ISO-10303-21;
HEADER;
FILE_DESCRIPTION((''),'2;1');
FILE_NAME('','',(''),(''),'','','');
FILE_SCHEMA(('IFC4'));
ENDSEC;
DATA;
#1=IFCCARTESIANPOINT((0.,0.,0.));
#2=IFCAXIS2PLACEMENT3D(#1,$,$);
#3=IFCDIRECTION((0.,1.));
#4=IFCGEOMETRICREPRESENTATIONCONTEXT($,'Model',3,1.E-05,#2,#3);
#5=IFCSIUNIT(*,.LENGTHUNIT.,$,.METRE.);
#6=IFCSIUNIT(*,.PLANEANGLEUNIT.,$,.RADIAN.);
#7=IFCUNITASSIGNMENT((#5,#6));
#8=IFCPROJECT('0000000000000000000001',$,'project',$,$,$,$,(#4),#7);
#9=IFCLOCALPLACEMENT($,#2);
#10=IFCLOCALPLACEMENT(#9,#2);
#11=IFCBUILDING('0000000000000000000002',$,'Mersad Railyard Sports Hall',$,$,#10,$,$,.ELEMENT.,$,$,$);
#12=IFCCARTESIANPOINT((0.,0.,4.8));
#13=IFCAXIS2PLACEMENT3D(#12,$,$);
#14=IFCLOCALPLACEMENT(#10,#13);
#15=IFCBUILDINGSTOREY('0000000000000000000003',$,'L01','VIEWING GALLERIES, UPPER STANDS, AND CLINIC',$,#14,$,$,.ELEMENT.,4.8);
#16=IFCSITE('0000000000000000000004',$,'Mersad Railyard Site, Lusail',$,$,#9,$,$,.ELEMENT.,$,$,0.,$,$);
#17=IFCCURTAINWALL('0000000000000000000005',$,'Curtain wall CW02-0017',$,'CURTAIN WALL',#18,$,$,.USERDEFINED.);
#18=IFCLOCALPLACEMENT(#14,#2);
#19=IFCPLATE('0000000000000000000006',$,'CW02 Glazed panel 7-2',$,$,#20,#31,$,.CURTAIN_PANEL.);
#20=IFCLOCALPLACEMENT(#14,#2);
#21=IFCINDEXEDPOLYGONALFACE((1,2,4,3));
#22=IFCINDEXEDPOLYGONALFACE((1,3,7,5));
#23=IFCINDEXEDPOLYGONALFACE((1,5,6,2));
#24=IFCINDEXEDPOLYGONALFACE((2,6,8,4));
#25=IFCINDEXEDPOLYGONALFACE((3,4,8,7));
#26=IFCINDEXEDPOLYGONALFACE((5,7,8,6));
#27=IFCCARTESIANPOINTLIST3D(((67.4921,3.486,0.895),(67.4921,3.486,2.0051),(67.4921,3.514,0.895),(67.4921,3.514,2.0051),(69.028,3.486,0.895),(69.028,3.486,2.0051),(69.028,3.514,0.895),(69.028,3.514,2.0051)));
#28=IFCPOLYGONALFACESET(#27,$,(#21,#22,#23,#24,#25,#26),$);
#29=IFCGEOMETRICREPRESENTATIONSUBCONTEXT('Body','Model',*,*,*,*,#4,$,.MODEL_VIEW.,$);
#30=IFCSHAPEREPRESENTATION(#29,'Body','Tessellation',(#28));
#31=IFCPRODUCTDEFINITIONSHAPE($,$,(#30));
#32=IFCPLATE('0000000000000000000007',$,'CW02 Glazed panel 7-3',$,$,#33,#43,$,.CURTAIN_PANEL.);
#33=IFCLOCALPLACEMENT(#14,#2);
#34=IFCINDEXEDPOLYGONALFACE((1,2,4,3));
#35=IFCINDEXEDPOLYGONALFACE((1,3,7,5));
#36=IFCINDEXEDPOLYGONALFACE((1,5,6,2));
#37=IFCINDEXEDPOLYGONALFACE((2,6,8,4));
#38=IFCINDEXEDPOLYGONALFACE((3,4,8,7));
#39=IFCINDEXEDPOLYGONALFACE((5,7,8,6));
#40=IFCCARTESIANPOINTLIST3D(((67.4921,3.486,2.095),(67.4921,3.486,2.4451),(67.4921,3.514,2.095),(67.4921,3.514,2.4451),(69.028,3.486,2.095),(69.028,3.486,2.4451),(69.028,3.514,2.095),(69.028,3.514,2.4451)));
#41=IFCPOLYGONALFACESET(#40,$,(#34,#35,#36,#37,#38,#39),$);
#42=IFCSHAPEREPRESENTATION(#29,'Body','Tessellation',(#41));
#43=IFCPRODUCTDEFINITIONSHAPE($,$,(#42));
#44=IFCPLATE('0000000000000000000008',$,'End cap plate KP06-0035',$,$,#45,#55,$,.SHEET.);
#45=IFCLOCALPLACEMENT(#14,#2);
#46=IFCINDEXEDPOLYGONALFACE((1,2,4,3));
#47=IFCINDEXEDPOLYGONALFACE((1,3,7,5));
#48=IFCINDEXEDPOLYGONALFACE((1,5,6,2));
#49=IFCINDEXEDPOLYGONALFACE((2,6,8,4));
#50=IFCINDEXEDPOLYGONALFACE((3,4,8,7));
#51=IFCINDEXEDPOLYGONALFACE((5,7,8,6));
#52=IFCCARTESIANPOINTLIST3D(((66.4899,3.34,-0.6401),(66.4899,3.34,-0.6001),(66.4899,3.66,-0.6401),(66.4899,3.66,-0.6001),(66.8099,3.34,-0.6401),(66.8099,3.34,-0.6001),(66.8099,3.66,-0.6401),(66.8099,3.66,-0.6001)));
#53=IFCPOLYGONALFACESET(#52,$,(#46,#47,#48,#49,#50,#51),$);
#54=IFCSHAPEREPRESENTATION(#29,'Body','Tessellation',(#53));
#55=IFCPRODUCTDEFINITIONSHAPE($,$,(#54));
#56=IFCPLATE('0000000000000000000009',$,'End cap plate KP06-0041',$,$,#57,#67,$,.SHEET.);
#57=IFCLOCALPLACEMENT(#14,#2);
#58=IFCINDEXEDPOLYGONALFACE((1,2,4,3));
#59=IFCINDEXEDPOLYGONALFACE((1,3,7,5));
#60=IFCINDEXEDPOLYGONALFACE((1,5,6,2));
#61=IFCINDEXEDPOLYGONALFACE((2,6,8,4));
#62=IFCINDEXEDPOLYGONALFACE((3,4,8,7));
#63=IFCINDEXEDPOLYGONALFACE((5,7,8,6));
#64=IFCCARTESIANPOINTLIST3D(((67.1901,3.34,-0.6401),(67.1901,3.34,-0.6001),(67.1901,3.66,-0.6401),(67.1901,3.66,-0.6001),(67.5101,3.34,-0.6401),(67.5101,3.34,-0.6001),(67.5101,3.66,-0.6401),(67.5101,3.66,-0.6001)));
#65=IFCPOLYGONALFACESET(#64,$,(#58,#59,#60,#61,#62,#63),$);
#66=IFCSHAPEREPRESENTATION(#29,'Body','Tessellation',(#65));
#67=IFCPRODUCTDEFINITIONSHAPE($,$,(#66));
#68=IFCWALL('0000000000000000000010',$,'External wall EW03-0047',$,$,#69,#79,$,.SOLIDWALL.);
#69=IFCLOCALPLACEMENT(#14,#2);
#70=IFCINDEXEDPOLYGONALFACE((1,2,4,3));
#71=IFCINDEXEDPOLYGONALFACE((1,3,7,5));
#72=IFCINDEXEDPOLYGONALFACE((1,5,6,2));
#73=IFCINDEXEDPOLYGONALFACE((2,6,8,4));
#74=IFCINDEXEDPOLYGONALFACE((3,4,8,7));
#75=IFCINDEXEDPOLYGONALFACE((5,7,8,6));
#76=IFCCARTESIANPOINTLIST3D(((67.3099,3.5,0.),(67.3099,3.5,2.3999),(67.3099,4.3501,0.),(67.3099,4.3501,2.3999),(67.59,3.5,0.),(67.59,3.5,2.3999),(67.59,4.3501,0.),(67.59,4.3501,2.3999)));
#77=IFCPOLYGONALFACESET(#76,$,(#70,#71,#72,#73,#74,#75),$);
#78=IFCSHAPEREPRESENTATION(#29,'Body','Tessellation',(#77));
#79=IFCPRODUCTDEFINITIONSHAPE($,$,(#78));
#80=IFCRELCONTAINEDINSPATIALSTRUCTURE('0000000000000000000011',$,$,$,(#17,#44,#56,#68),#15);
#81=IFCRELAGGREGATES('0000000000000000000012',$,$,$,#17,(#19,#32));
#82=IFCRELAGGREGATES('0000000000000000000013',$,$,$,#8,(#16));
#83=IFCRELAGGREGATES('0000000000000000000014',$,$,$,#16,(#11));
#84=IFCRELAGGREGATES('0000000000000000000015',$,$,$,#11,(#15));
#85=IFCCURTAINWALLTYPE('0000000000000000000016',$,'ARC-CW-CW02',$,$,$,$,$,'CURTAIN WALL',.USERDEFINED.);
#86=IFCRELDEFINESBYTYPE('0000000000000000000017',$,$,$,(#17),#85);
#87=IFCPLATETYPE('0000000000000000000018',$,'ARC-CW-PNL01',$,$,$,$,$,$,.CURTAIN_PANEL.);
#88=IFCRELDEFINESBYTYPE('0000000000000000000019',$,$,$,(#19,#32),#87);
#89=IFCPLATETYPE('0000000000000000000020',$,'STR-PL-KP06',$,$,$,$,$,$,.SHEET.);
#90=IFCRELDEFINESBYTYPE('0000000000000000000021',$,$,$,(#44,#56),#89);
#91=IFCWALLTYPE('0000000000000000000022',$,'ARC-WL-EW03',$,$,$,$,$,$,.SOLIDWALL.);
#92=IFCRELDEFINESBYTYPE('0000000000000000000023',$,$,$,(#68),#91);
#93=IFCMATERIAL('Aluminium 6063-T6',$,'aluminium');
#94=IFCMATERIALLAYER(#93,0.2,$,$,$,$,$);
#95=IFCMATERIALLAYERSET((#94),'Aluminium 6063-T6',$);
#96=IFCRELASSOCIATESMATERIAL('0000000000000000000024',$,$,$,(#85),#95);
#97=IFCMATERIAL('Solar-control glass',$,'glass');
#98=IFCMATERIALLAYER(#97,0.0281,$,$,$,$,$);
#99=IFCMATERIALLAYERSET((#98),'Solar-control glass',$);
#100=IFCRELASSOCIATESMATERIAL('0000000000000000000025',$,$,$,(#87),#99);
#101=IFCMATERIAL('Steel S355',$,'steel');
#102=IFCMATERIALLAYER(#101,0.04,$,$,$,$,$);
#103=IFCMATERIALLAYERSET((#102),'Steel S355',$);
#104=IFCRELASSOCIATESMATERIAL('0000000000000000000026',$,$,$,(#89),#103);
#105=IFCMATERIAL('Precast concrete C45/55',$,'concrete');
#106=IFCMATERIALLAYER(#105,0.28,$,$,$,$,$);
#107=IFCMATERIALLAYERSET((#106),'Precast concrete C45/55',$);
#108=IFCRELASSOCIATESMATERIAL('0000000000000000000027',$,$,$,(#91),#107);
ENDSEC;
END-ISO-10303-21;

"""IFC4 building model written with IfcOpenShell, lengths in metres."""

from ifc_helpers import new_model, si_unit, direction, frame, frame_2d, origin, origin_2d, place, context, subcontext, project, spatial, rectangle, extrude, material, layer, layer_set, type_object, element, aggregate, save


model = new_model("IFC4")

# Units and contexts
model_context = context("Model", 3, precision=1e-05, world=origin(), true_north=direction((0.0, 1.0)))
body_context = subcontext(model_context, "Body", "Model", "MODEL_VIEW")
ifc_project = project(units=[si_unit("LENGTHUNIT", "METRE"), si_unit("PLANEANGLEUNIT", "RADIAN")], contexts=[model_context])

# Site, building, storey
site_placement = place(None, origin())
site = spatial("IfcSite", under=ifc_project, at=site_placement, Name="Mersad Railyard Site, Lusail", CompositionType="ELEMENT", RefElevation=0.0)
building_placement = place(site_placement, origin())
building = spatial("IfcBuilding", under=site, at=building_placement, Name="Mersad Railyard Sports Hall", CompositionType="ELEMENT")
storey_placement = place(building_placement, frame((0.0, 0.0, 4.8)))
storey = spatial("IfcBuildingStorey", under=building, at=storey_placement, Name="L01", Description="VIEWING GALLERIES, UPPER STANDS, AND CLINIC", CompositionType="ELEMENT", Elevation=4.8)

# Shared definitions
ifc_material_1 = material(Name="Aluminium 6063-T6", Category="aluminium")
ifc_layer_1 = layer(ifc_material_1, 0.2)
ifc_layer_set_1 = layer_set([ifc_layer_1], Name="Aluminium 6063-T6")
curtain_wall_type = type_object("IfcCurtainWallType", Name="ARC-CW-CW02", ElementType="CURTAIN WALL", PredefinedType="USERDEFINED", material=ifc_layer_set_1)

# Curtain wall
curtain_wall_1_placement = place(storey_placement, origin())
curtain_wall_1 = element("IfcCurtainWall", 1, at=curtain_wall_1_placement, inside=storey, type_object=curtain_wall_type, Name="Curtain wall CW02-0017", ObjectType="CURTAIN WALL", PredefinedType="USERDEFINED")

# Shared definitions
ifc_material_2 = material(Name="Steel S355", Category="steel")

# Plates
ifc_material_3 = material(Name="Solar-control glass", Category="glass")
ifc_layer_2 = layer(ifc_material_3, 0.0281)
ifc_layer_set_2 = layer_set([ifc_layer_2], Name="Solar-control glass")
plate_type_1 = type_object("IfcPlateType", Name="ARC-CW-PNL01", PredefinedType="CURTAIN_PANEL", material=ifc_layer_set_2)
plate_1_placement = place(storey_placement, frame((68.26, 3.5, 0.895), z_axis=(0.0, 0.0, 1.0), x_axis=(-1.0, 0.0, 0.0)))
plate_1 = element("IfcPlate", 2, at=plate_1_placement, type_object=plate_type_1, Name="CW02 Glazed panel 7-2", PredefinedType="CURTAIN_PANEL", context=body_context, shape_type="SweptSolid", body=[
    extrude(rectangle(XDim=1.5359, YDim=0.0281, at=origin_2d()), origin(), (0.0, 0.0, 1.0), 1.1101),
])
plate_2_placement = place(storey_placement, frame((68.26, 3.5, 2.095), z_axis=(0.0, 0.0, 1.0), x_axis=(-1.0, 0.0, 0.0)))
plate_2 = element("IfcPlate", 3, at=plate_2_placement, type_object=plate_type_1, Name="CW02 Glazed panel 7-3", PredefinedType="CURTAIN_PANEL", context=body_context, shape_type="SweptSolid", body=[
    extrude(rectangle(XDim=1.5359, YDim=0.0281, at=origin_2d()), origin(), (0.0, 0.0, 1.0), 0.3501),
])
aggregate(curtain_wall_1, [plate_1, plate_2])

# Plates
ifc_layer_3 = layer(ifc_material_2, 0.04)
ifc_layer_set_3 = layer_set([ifc_layer_3], Name="Steel S355")
plate_type_2 = type_object("IfcPlateType", Name="STR-PL-KP06", PredefinedType="SHEET", material=ifc_layer_set_3)
for number, where, z_axis, x_axis, name in (
    (4, (66.6499, 3.5, -0.6401), (0.0, 0.0, 1.0), (1.0, 0.0, 0.0), "End cap plate KP06-0035"),
    (5, (67.3501, 3.5, -0.6401), (0.0, 0.0, 1.0), (1.0, 0.0, 0.0), "End cap plate KP06-0041"),
):
    element("IfcPlate", number, at=place(storey_placement, frame(where, z_axis=z_axis, x_axis=x_axis)), inside=storey, type_object=plate_type_2, Name=name, PredefinedType="SHEET", context=body_context, shape_type="SweptSolid", body=[
        extrude(rectangle(XDim=0.3201, YDim=0.3201, at=origin_2d()), origin(), (0.0, 0.0, 1.0), 0.04),
    ])

# Wall
ifc_material_4 = material(Name="Precast concrete C45/55", Category="concrete")
ifc_layer_4 = layer(ifc_material_4, 0.28)
ifc_layer_set_4 = layer_set([ifc_layer_4], Name="Precast concrete C45/55")
wall_type = type_object("IfcWallType", Name="ARC-WL-EW03", PredefinedType="SOLIDWALL", material=ifc_layer_set_4)
wall_placement = place(storey_placement, frame((67.45, 3.5, 0.0), z_axis=(0.0, 0.0, 1.0), x_axis=(0.0, 1.0, 0.0)))
element("IfcWall", 6, at=wall_placement, inside=storey, type_object=wall_type, Name="External wall EW03-0047", PredefinedType="SOLIDWALL", context=body_context, shape_type="SweptSolid", body=[
    extrude(rectangle(XDim=0.8501, YDim=0.28, at=frame_2d((0.425, 0.0))), origin(), (0.0, 0.0, 1.0), 2.3999),
])

save(model, "model.ifc")
